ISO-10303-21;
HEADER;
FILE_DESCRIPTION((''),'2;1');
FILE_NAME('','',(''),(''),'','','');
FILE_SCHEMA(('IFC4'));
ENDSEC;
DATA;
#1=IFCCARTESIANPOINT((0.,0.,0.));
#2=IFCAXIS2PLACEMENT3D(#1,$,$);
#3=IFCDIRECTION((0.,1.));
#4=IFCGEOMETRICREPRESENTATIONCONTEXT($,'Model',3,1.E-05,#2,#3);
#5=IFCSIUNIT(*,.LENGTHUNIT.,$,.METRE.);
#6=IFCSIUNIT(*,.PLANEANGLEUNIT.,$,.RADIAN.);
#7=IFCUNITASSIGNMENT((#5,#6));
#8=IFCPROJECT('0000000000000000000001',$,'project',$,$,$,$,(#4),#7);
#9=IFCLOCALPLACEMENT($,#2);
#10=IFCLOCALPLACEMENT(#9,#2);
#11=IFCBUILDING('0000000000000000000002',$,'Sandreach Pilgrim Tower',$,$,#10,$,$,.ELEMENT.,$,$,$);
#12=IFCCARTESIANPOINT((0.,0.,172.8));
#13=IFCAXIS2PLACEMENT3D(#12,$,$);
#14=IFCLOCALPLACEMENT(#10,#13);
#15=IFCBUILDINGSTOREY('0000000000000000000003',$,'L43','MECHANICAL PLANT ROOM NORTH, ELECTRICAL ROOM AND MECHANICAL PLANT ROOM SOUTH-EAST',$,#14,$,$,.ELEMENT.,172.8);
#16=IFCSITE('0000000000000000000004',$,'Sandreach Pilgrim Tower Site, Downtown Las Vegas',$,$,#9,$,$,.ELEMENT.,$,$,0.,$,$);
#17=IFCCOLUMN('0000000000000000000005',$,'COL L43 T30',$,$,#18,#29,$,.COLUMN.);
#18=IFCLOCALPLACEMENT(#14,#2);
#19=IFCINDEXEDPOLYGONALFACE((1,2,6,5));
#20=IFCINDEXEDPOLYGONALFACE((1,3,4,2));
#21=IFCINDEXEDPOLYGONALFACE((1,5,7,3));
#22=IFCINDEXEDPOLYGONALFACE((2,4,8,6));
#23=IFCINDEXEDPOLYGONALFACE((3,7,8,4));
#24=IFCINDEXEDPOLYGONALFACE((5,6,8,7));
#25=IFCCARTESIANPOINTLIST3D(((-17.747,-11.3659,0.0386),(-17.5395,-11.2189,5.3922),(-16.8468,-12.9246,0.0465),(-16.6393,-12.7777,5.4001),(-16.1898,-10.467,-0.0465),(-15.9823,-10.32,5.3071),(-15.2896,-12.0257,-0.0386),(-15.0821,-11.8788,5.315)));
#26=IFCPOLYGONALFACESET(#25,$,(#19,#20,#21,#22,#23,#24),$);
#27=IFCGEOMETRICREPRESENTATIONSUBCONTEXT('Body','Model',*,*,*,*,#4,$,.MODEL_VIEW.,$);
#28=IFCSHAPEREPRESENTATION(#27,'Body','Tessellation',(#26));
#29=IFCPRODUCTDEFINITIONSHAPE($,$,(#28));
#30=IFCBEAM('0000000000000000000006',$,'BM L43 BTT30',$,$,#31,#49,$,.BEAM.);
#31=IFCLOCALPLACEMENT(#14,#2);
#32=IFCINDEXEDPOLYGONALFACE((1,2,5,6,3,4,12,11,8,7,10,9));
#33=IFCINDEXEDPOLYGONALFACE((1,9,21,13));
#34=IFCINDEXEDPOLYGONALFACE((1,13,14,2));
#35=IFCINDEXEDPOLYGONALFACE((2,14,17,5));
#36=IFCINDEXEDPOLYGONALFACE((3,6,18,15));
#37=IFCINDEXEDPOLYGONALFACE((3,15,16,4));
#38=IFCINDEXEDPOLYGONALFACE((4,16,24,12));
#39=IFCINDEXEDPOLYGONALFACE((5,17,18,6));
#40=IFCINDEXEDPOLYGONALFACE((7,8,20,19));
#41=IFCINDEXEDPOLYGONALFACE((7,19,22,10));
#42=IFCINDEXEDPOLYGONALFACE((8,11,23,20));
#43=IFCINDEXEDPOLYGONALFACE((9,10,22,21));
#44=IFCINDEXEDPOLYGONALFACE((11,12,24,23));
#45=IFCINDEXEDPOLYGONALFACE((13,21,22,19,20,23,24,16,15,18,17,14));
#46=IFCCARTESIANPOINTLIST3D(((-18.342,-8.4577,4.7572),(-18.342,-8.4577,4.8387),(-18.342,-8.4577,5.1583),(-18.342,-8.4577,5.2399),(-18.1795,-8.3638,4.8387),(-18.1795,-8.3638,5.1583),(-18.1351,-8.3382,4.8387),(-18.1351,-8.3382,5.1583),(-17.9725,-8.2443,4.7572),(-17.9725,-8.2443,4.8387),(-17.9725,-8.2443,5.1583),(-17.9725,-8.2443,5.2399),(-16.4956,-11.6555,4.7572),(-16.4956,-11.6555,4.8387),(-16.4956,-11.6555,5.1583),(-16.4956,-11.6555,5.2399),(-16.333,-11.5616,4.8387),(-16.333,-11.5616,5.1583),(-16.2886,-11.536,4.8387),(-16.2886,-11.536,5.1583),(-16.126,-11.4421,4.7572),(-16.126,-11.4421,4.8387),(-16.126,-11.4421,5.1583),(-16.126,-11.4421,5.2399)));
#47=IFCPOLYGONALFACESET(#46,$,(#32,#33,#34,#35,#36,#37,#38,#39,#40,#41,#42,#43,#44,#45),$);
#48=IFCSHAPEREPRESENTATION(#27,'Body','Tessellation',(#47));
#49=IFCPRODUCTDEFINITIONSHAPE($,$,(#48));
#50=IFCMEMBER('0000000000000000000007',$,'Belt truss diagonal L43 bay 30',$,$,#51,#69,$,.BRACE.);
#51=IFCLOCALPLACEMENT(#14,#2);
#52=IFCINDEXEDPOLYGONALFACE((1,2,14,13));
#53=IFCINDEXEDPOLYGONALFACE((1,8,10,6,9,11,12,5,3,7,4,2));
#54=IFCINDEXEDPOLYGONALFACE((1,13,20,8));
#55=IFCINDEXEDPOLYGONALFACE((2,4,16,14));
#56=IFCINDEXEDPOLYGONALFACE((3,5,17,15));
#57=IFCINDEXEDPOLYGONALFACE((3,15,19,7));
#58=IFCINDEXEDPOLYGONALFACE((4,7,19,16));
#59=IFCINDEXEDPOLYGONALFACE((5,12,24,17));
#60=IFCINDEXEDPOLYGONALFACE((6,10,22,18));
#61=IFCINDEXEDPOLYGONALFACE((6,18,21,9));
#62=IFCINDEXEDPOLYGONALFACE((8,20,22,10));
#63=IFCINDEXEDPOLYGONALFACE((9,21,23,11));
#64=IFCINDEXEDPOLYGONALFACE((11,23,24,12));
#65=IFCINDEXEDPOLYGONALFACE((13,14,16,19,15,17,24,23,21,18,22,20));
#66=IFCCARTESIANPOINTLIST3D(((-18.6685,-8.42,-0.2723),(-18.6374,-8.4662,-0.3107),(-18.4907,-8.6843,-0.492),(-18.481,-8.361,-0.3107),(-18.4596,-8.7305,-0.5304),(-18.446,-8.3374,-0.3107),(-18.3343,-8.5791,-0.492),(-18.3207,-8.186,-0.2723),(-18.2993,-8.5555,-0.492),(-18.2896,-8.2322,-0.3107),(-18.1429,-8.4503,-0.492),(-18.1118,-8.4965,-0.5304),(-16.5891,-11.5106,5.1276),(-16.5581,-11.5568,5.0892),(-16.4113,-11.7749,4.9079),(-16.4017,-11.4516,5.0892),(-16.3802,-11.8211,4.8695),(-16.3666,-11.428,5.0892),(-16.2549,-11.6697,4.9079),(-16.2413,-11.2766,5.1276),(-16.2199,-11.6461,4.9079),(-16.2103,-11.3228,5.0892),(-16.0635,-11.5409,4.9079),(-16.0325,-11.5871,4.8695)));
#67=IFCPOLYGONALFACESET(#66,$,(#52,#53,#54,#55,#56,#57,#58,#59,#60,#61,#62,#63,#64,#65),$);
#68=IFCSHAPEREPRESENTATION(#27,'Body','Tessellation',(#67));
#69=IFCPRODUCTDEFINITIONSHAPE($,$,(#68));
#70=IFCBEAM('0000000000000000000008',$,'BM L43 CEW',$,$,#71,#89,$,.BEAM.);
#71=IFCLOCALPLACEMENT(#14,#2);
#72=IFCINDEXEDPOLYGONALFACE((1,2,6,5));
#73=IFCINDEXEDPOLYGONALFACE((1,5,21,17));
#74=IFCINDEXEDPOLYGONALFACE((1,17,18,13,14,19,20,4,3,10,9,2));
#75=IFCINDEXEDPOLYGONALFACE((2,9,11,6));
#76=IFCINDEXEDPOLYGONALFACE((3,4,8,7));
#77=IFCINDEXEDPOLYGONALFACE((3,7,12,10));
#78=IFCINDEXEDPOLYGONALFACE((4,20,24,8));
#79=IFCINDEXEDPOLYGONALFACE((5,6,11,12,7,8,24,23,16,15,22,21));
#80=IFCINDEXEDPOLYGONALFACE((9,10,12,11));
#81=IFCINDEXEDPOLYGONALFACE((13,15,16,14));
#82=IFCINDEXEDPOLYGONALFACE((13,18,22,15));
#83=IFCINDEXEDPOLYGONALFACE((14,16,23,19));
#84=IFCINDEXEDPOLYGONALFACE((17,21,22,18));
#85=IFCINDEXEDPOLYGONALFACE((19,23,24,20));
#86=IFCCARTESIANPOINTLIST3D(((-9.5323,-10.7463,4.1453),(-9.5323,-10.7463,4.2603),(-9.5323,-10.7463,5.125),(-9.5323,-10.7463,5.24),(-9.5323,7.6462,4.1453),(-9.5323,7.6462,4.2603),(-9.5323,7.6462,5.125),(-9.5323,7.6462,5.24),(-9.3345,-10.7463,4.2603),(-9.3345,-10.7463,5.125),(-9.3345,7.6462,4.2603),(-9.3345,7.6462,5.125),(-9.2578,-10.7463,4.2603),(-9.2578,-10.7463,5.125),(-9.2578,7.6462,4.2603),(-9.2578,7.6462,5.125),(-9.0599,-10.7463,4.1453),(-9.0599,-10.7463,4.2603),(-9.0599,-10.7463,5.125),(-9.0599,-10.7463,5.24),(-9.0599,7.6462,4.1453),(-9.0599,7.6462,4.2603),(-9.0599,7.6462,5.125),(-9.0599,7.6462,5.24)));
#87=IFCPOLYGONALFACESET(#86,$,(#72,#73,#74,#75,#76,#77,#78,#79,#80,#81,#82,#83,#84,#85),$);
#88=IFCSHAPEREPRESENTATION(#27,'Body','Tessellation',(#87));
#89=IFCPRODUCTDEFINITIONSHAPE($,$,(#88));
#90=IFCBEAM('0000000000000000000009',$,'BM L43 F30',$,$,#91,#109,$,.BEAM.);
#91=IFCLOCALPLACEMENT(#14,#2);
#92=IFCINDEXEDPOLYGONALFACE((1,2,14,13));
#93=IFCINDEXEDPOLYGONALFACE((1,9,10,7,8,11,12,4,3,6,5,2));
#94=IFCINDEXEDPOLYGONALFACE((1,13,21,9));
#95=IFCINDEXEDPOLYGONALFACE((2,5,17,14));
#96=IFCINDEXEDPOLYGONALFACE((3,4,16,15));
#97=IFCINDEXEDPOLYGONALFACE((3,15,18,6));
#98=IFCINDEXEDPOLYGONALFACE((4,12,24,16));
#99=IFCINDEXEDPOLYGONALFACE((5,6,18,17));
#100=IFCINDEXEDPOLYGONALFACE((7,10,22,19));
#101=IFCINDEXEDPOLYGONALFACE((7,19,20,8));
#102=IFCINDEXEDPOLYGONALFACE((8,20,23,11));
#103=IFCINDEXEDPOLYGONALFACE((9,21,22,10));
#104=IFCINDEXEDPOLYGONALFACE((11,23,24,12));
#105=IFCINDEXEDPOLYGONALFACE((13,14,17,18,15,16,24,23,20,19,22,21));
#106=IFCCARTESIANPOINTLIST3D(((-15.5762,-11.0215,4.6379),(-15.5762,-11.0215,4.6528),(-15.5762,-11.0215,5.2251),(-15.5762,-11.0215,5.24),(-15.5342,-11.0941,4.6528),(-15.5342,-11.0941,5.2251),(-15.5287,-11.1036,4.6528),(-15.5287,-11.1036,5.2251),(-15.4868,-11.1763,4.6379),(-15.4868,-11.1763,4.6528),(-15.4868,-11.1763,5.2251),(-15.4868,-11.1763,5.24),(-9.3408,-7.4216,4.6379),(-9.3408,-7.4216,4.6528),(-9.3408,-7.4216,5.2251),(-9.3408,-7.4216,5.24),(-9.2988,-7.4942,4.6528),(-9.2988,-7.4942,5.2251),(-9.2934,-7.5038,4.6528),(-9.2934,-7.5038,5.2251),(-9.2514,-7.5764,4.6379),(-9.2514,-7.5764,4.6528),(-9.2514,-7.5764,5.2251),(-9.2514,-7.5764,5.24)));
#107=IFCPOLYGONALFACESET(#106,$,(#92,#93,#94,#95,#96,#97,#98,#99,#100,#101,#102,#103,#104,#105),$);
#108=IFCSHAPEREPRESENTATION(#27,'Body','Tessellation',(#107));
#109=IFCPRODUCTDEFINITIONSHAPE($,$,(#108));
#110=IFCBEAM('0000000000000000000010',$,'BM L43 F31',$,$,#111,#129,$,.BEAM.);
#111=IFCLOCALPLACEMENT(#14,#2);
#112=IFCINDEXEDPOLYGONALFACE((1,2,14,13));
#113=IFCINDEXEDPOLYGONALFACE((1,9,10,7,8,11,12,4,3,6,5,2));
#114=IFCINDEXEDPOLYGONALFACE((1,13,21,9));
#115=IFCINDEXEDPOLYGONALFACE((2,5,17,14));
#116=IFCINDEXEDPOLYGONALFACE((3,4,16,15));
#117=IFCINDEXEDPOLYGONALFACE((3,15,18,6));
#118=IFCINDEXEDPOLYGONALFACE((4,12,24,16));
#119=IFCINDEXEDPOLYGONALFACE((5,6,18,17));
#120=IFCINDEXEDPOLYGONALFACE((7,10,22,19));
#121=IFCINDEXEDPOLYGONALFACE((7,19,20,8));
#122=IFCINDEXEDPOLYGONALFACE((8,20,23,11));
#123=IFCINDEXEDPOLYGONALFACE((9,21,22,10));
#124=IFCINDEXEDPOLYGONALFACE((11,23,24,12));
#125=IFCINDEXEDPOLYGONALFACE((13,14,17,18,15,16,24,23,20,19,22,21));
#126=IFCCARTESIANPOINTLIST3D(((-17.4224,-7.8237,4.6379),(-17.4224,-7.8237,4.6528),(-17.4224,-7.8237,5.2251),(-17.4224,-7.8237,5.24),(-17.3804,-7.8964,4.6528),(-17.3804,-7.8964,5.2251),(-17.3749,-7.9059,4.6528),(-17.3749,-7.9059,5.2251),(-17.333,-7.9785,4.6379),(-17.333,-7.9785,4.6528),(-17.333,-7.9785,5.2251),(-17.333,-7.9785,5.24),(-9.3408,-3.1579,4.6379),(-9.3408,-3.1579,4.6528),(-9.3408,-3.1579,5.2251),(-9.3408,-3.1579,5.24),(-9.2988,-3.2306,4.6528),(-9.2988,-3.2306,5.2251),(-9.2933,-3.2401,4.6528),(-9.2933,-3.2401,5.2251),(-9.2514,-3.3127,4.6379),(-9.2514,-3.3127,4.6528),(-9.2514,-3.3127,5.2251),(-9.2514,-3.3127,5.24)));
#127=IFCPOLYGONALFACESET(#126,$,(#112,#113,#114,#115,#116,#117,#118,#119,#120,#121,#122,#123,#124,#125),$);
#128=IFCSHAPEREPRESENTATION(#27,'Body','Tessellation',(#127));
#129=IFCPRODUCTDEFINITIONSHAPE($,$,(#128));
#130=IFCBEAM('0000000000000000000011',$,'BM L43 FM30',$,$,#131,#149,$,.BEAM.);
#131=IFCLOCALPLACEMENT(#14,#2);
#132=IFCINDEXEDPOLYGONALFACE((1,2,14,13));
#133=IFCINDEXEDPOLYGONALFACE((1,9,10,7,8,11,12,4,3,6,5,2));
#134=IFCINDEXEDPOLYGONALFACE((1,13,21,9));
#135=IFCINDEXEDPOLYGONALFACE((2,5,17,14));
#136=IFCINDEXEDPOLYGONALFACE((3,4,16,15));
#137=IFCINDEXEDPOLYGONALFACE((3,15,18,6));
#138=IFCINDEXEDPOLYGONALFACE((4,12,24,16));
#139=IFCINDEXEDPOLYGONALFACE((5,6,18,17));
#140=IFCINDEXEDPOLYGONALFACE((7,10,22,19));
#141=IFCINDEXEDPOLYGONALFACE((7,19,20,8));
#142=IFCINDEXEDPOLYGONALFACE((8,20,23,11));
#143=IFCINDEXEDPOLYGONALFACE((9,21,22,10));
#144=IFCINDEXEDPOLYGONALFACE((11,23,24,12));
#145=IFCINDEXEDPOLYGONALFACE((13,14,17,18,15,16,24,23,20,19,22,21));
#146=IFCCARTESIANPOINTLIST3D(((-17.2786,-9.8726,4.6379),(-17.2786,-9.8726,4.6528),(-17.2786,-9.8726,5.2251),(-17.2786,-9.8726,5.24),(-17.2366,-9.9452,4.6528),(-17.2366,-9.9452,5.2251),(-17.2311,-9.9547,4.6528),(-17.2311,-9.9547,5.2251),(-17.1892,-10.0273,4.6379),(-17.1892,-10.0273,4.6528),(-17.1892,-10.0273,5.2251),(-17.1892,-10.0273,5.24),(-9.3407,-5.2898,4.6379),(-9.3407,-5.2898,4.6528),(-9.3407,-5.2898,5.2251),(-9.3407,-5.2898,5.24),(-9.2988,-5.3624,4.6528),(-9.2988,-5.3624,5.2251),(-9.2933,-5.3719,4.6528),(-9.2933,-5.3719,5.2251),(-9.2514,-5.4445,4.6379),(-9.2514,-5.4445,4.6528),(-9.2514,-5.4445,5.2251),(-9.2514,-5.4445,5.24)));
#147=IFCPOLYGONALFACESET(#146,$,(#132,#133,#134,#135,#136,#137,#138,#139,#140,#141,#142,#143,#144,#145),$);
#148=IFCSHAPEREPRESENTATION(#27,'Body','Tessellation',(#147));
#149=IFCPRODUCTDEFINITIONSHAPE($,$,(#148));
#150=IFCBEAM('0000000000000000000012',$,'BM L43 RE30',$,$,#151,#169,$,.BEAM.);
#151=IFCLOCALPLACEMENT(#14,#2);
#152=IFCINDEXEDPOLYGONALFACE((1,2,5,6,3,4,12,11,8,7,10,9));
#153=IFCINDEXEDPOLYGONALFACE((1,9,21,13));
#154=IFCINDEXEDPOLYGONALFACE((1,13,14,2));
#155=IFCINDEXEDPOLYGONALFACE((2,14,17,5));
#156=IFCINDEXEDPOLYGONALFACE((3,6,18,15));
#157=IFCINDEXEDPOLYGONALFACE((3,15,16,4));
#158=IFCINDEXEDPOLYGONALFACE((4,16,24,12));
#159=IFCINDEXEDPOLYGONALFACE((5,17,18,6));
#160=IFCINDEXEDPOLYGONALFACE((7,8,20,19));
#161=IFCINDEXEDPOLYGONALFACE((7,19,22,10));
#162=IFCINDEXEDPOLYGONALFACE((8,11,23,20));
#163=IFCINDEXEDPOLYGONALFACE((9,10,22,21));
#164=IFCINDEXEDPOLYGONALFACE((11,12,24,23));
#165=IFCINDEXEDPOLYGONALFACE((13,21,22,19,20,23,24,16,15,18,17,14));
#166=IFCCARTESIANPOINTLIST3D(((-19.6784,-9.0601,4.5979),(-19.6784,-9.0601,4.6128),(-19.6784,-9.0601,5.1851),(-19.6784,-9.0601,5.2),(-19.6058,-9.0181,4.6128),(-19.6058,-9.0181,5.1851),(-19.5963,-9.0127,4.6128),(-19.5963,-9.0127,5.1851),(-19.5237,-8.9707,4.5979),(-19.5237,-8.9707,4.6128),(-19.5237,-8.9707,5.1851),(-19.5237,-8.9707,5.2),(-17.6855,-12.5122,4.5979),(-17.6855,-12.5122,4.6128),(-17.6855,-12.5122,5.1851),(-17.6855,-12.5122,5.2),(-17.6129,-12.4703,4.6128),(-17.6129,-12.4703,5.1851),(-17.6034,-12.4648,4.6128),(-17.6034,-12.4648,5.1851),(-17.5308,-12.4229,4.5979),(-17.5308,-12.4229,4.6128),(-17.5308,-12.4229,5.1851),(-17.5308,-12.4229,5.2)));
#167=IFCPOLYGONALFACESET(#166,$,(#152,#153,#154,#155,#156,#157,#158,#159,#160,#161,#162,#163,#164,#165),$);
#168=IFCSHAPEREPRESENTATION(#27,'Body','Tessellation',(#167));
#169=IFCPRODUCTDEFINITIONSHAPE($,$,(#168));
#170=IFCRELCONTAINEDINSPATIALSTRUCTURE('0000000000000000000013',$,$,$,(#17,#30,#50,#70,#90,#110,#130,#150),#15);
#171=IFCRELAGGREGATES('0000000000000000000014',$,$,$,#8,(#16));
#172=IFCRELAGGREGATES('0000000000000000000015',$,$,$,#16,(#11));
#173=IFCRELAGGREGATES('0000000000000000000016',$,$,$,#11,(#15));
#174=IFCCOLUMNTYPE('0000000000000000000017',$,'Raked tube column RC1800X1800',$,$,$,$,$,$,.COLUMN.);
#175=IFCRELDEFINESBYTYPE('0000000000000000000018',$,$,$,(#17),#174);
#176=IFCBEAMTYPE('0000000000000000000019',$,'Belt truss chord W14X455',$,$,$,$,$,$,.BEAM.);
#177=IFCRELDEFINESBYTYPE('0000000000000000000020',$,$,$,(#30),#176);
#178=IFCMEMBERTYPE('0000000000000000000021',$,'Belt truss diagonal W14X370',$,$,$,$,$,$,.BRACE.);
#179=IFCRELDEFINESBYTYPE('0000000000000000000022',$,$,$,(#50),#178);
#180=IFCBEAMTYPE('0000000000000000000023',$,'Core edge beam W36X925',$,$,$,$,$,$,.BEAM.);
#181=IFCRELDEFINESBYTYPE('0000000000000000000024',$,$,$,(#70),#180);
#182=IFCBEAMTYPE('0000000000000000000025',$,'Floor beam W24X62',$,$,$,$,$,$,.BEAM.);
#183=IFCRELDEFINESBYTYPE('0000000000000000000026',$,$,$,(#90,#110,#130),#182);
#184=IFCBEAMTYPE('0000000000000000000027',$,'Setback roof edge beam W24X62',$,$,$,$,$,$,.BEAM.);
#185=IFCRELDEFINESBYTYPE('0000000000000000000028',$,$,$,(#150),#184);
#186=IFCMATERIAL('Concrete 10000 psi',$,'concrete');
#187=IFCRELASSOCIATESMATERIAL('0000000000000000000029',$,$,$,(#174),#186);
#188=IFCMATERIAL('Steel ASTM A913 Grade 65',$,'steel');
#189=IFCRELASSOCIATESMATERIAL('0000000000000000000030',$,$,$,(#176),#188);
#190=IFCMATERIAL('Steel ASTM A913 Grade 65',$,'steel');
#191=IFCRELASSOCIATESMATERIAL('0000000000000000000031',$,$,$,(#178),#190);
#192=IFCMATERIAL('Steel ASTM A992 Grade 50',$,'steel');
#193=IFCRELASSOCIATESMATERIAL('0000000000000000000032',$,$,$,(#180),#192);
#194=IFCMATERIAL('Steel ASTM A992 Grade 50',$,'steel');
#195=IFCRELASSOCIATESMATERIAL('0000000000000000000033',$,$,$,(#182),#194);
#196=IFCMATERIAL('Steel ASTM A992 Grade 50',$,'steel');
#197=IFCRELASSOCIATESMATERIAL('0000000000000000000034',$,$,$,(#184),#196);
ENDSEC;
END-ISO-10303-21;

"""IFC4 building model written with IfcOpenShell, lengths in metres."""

from ifc_helpers import new_model, si_unit, direction, frame, origin, origin_2d, place, context, subcontext, project, spatial, rectangle, i_section, extrude, material, material_profile, profile_set, type_object, element, save


model = new_model("IFC4")

# Units and contexts
model_context = context("Model", 3, precision=1e-05, world=origin(), true_north=direction((0.0, 1.0)))
body_context = subcontext(model_context, "Body", "Model", "MODEL_VIEW")
ifc_project = project(units=[si_unit("LENGTHUNIT", "METRE"), si_unit("PLANEANGLEUNIT", "RADIAN")], contexts=[model_context])

# Site, building, storey
site_placement = place(None, origin())
site = spatial("IfcSite", under=ifc_project, at=site_placement, Name="Sandreach Pilgrim Tower Site, Downtown Las Vegas", CompositionType="ELEMENT", RefElevation=0.0)
building_placement = place(site_placement, origin())
building = spatial("IfcBuilding", under=site, at=building_placement, Name="Sandreach Pilgrim Tower", CompositionType="ELEMENT")
storey_placement = place(building_placement, frame((0.0, 0.0, 172.8)))
storey = spatial("IfcBuildingStorey", under=building, at=storey_placement, Name="L43", Description="MECHANICAL PLANT ROOM NORTH, ELECTRICAL ROOM AND MECHANICAL PLANT ROOM SOUTH-EAST", CompositionType="ELEMENT", Elevation=172.8)

# Column
ifc_material_1 = material(Name="Concrete 10000 psi", Category="concrete")
ifc_material_profile_1 = material_profile(ifc_material_1, rectangle(XDim=1.8, YDim=1.8, at=origin_2d()), Name="RC1800X1800")
ifc_profile_set_1 = profile_set([ifc_material_profile_1], Name="Concrete 10000 psi")
column_type = type_object("IfcColumnType", Name="Raked tube column RC1800X1800", PredefinedType="COLUMN", material=ifc_profile_set_1)
column_placement = place(storey_placement, frame((-16.5183, -11.6958, 0.0), z_axis=(0.03872, 0.027423, 0.998874), x_axis=(-0.865101, -0.499368, 0.047243)))
element("IfcColumn", 1, at=column_placement, inside=storey, type_object=column_type, Name="COL L43 T30", PredefinedType="COLUMN", context=body_context, shape_type="SweptSolid", body=[
    extrude(rectangle(XDim=1.8, YDim=1.8, at=origin_2d()), origin(), (0.0, 0.0, 1.0), 5.3596),
])

# Beam
ifc_material_2 = material(Name="Steel ASTM A913 Grade 65", Category="steel")
ifc_material_profile_2 = material_profile(ifc_material_2, i_section(OverallWidth=0.4268, OverallDepth=0.4827, WebThickness=0.0513, FlangeThickness=0.0815, at=origin_2d()), Name="W14X455")
ifc_profile_set_2 = profile_set([ifc_material_profile_2], Name="Steel ASTM A913 Grade 65")
beam_type_1 = type_object("IfcBeamType", Name="Belt truss chord W14X455", PredefinedType="BEAM", material=ifc_profile_set_2)
beam_1_placement = place(storey_placement, frame((-16.3108, -11.5488, 4.9985), z_axis=(-0.500043, 0.866001, 0.0), x_axis=(-0.866001, -0.500043, 0.0)))
element("IfcBeam", 2, at=beam_1_placement, inside=storey, type_object=beam_type_1, Name="BM L43 BTT30", PredefinedType="BEAM", context=body_context, shape_type="SweptSolid", body=[
    extrude(i_section(OverallWidth=0.4268, OverallDepth=0.4827, WebThickness=0.0513, FlangeThickness=0.0815, at=origin_2d()), origin(), (0.0, 0.0, 1.0), 3.6926),
])

# Member
ifc_material_3 = material(Name="Steel ASTM A913 Grade 65", Category="steel")
ifc_material_profile_3 = material_profile(ifc_material_3, i_section(OverallWidth=0.4192, OverallDepth=0.4546, WebThickness=0.0422, FlangeThickness=0.0676, at=origin_2d()), Name="W14X370")
ifc_profile_set_3 = profile_set([ifc_material_profile_3], Name="Steel ASTM A913 Grade 65")
member_type = type_object("IfcMemberType", Name="Belt truss diagonal W14X370", PredefinedType="BRACE", material=ifc_profile_set_3)
member_placement = place(storey_placement, frame((-16.3108, -11.5488, 4.9985), z_axis=(-0.316971, 0.471121, -0.823149), x_axis=(-0.829693, -0.558219, 0.0)))
element("IfcMember", 3, at=member_placement, inside=storey, type_object=member_type, Name="Belt truss diagonal L43 bay 30", PredefinedType="BRACE", context=body_context, shape_type="SweptSolid", body=[
    extrude(i_section(OverallWidth=0.4192, OverallDepth=0.4546, WebThickness=0.0422, FlangeThickness=0.0676, at=origin_2d()), origin(), (0.0, 0.0, 1.0), 6.5601),
])

# Beams
ifc_material_4 = material(Name="Steel ASTM A992 Grade 50", Category="steel")
ifc_material_profile_4 = material_profile(ifc_material_4, i_section(OverallWidth=0.4724, OverallDepth=1.0947, WebThickness=0.0767, FlangeThickness=0.115, at=origin_2d()), Name="W36X925")
ifc_profile_set_4 = profile_set([ifc_material_profile_4], Name="Steel ASTM A992 Grade 50")
beam_type_2 = type_object("IfcBeamType", Name="Core edge beam W36X925", PredefinedType="BEAM", material=ifc_profile_set_4)
beam_2_placement = place(storey_placement, frame((-9.2961, -10.7463, 4.6926), z_axis=(0.0, 1.0, 0.0), x_axis=(-1.0, 0.0, 0.0)))
element("IfcBeam", 4, at=beam_2_placement, inside=storey, type_object=beam_type_2, Name="BM L43 CEW", PredefinedType="BEAM", context=body_context, shape_type="SweptSolid", body=[
    extrude(i_section(OverallWidth=0.4724, OverallDepth=1.0947, WebThickness=0.0767, FlangeThickness=0.115, at=origin_2d()), origin(), (0.0, 0.0, 1.0), 18.3926),
])
ifc_material_5 = material(Name="Steel ASTM A992 Grade 50", Category="steel")
ifc_material_profile_5 = material_profile(ifc_material_5, i_section(OverallWidth=0.1787, OverallDepth=0.6021, WebThickness=0.011, FlangeThickness=0.0149, at=origin_2d()), Name="W24X62")
ifc_profile_set_5 = profile_set([ifc_material_profile_5], Name="Steel ASTM A992 Grade 50")
beam_type_3 = type_object("IfcBeamType", Name="Floor beam W24X62", PredefinedType="BEAM", material=ifc_profile_set_5)
beam_3_placement = place(storey_placement, frame((-15.5315, -11.0989, 4.939), z_axis=(0.866033, 0.499987, 0.0), x_axis=(-0.499987, 0.866033, 0.0)))
element("IfcBeam", 5, at=beam_3_placement, inside=storey, type_object=beam_type_3, Name="BM L43 F30", PredefinedType="BEAM", context=body_context, shape_type="SweptSolid", body=[
    extrude(i_section(OverallWidth=0.1787, OverallDepth=0.6021, WebThickness=0.011, FlangeThickness=0.0149, at=origin_2d()), origin(), (0.0, 0.0, 1.0), 7.2),
])
beam_4_placement = place(storey_placement, frame((-17.3777, -7.9011, 4.939), z_axis=(0.86603, 0.499991, 0.0), x_axis=(-0.499991, 0.86603, 0.0)))
element("IfcBeam", 6, at=beam_4_placement, inside=storey, type_object=beam_type_3, Name="BM L43 F31", PredefinedType="BEAM", context=body_context, shape_type="SweptSolid", body=[
    extrude(i_section(OverallWidth=0.1787, OverallDepth=0.6021, WebThickness=0.011, FlangeThickness=0.0149, at=origin_2d()), origin(), (0.0, 0.0, 1.0), 9.3318),
])
beam_5_placement = place(storey_placement, frame((-17.2339, -9.95, 4.939), z_axis=(0.86603, 0.499992, 0.0), x_axis=(-0.499992, 0.86603, 0.0)))
element("IfcBeam", 7, at=beam_5_placement, inside=storey, type_object=beam_type_3, Name="BM L43 FM30", PredefinedType="BEAM", context=body_context, shape_type="SweptSolid", body=[
    extrude(i_section(OverallWidth=0.1787, OverallDepth=0.6021, WebThickness=0.011, FlangeThickness=0.0149, at=origin_2d()), origin(), (0.0, 0.0, 1.0), 9.1658),
])
ifc_material_6 = material(Name="Steel ASTM A992 Grade 50", Category="steel")
ifc_material_profile_6 = material_profile(ifc_material_6, i_section(OverallWidth=0.1787, OverallDepth=0.6021, WebThickness=0.011, FlangeThickness=0.0149, at=origin_2d()), Name="W24X62")
ifc_profile_set_6 = profile_set([ifc_material_profile_6], Name="Steel ASTM A992 Grade 50")
beam_type_4 = type_object("IfcBeamType", Name="Setback roof edge beam W24X62", PredefinedType="BEAM", material=ifc_profile_set_6)
beam_6_placement = place(storey_placement, frame((-17.6082, -12.4675, 4.8989), z_axis=(-0.499966, 0.866045, 0.0), x_axis=(-0.866045, -0.499966, 0.0)))
element("IfcBeam", 8, at=beam_6_placement, inside=storey, type_object=beam_type_4, Name="BM L43 RE30", PredefinedType="BEAM", context=body_context, shape_type="SweptSolid", body=[
    extrude(i_section(OverallWidth=0.1787, OverallDepth=0.6021, WebThickness=0.011, FlangeThickness=0.0149, at=origin_2d()), origin(), (0.0, 0.0, 1.0), 3.9861),
])

save(model, "model.ifc")
